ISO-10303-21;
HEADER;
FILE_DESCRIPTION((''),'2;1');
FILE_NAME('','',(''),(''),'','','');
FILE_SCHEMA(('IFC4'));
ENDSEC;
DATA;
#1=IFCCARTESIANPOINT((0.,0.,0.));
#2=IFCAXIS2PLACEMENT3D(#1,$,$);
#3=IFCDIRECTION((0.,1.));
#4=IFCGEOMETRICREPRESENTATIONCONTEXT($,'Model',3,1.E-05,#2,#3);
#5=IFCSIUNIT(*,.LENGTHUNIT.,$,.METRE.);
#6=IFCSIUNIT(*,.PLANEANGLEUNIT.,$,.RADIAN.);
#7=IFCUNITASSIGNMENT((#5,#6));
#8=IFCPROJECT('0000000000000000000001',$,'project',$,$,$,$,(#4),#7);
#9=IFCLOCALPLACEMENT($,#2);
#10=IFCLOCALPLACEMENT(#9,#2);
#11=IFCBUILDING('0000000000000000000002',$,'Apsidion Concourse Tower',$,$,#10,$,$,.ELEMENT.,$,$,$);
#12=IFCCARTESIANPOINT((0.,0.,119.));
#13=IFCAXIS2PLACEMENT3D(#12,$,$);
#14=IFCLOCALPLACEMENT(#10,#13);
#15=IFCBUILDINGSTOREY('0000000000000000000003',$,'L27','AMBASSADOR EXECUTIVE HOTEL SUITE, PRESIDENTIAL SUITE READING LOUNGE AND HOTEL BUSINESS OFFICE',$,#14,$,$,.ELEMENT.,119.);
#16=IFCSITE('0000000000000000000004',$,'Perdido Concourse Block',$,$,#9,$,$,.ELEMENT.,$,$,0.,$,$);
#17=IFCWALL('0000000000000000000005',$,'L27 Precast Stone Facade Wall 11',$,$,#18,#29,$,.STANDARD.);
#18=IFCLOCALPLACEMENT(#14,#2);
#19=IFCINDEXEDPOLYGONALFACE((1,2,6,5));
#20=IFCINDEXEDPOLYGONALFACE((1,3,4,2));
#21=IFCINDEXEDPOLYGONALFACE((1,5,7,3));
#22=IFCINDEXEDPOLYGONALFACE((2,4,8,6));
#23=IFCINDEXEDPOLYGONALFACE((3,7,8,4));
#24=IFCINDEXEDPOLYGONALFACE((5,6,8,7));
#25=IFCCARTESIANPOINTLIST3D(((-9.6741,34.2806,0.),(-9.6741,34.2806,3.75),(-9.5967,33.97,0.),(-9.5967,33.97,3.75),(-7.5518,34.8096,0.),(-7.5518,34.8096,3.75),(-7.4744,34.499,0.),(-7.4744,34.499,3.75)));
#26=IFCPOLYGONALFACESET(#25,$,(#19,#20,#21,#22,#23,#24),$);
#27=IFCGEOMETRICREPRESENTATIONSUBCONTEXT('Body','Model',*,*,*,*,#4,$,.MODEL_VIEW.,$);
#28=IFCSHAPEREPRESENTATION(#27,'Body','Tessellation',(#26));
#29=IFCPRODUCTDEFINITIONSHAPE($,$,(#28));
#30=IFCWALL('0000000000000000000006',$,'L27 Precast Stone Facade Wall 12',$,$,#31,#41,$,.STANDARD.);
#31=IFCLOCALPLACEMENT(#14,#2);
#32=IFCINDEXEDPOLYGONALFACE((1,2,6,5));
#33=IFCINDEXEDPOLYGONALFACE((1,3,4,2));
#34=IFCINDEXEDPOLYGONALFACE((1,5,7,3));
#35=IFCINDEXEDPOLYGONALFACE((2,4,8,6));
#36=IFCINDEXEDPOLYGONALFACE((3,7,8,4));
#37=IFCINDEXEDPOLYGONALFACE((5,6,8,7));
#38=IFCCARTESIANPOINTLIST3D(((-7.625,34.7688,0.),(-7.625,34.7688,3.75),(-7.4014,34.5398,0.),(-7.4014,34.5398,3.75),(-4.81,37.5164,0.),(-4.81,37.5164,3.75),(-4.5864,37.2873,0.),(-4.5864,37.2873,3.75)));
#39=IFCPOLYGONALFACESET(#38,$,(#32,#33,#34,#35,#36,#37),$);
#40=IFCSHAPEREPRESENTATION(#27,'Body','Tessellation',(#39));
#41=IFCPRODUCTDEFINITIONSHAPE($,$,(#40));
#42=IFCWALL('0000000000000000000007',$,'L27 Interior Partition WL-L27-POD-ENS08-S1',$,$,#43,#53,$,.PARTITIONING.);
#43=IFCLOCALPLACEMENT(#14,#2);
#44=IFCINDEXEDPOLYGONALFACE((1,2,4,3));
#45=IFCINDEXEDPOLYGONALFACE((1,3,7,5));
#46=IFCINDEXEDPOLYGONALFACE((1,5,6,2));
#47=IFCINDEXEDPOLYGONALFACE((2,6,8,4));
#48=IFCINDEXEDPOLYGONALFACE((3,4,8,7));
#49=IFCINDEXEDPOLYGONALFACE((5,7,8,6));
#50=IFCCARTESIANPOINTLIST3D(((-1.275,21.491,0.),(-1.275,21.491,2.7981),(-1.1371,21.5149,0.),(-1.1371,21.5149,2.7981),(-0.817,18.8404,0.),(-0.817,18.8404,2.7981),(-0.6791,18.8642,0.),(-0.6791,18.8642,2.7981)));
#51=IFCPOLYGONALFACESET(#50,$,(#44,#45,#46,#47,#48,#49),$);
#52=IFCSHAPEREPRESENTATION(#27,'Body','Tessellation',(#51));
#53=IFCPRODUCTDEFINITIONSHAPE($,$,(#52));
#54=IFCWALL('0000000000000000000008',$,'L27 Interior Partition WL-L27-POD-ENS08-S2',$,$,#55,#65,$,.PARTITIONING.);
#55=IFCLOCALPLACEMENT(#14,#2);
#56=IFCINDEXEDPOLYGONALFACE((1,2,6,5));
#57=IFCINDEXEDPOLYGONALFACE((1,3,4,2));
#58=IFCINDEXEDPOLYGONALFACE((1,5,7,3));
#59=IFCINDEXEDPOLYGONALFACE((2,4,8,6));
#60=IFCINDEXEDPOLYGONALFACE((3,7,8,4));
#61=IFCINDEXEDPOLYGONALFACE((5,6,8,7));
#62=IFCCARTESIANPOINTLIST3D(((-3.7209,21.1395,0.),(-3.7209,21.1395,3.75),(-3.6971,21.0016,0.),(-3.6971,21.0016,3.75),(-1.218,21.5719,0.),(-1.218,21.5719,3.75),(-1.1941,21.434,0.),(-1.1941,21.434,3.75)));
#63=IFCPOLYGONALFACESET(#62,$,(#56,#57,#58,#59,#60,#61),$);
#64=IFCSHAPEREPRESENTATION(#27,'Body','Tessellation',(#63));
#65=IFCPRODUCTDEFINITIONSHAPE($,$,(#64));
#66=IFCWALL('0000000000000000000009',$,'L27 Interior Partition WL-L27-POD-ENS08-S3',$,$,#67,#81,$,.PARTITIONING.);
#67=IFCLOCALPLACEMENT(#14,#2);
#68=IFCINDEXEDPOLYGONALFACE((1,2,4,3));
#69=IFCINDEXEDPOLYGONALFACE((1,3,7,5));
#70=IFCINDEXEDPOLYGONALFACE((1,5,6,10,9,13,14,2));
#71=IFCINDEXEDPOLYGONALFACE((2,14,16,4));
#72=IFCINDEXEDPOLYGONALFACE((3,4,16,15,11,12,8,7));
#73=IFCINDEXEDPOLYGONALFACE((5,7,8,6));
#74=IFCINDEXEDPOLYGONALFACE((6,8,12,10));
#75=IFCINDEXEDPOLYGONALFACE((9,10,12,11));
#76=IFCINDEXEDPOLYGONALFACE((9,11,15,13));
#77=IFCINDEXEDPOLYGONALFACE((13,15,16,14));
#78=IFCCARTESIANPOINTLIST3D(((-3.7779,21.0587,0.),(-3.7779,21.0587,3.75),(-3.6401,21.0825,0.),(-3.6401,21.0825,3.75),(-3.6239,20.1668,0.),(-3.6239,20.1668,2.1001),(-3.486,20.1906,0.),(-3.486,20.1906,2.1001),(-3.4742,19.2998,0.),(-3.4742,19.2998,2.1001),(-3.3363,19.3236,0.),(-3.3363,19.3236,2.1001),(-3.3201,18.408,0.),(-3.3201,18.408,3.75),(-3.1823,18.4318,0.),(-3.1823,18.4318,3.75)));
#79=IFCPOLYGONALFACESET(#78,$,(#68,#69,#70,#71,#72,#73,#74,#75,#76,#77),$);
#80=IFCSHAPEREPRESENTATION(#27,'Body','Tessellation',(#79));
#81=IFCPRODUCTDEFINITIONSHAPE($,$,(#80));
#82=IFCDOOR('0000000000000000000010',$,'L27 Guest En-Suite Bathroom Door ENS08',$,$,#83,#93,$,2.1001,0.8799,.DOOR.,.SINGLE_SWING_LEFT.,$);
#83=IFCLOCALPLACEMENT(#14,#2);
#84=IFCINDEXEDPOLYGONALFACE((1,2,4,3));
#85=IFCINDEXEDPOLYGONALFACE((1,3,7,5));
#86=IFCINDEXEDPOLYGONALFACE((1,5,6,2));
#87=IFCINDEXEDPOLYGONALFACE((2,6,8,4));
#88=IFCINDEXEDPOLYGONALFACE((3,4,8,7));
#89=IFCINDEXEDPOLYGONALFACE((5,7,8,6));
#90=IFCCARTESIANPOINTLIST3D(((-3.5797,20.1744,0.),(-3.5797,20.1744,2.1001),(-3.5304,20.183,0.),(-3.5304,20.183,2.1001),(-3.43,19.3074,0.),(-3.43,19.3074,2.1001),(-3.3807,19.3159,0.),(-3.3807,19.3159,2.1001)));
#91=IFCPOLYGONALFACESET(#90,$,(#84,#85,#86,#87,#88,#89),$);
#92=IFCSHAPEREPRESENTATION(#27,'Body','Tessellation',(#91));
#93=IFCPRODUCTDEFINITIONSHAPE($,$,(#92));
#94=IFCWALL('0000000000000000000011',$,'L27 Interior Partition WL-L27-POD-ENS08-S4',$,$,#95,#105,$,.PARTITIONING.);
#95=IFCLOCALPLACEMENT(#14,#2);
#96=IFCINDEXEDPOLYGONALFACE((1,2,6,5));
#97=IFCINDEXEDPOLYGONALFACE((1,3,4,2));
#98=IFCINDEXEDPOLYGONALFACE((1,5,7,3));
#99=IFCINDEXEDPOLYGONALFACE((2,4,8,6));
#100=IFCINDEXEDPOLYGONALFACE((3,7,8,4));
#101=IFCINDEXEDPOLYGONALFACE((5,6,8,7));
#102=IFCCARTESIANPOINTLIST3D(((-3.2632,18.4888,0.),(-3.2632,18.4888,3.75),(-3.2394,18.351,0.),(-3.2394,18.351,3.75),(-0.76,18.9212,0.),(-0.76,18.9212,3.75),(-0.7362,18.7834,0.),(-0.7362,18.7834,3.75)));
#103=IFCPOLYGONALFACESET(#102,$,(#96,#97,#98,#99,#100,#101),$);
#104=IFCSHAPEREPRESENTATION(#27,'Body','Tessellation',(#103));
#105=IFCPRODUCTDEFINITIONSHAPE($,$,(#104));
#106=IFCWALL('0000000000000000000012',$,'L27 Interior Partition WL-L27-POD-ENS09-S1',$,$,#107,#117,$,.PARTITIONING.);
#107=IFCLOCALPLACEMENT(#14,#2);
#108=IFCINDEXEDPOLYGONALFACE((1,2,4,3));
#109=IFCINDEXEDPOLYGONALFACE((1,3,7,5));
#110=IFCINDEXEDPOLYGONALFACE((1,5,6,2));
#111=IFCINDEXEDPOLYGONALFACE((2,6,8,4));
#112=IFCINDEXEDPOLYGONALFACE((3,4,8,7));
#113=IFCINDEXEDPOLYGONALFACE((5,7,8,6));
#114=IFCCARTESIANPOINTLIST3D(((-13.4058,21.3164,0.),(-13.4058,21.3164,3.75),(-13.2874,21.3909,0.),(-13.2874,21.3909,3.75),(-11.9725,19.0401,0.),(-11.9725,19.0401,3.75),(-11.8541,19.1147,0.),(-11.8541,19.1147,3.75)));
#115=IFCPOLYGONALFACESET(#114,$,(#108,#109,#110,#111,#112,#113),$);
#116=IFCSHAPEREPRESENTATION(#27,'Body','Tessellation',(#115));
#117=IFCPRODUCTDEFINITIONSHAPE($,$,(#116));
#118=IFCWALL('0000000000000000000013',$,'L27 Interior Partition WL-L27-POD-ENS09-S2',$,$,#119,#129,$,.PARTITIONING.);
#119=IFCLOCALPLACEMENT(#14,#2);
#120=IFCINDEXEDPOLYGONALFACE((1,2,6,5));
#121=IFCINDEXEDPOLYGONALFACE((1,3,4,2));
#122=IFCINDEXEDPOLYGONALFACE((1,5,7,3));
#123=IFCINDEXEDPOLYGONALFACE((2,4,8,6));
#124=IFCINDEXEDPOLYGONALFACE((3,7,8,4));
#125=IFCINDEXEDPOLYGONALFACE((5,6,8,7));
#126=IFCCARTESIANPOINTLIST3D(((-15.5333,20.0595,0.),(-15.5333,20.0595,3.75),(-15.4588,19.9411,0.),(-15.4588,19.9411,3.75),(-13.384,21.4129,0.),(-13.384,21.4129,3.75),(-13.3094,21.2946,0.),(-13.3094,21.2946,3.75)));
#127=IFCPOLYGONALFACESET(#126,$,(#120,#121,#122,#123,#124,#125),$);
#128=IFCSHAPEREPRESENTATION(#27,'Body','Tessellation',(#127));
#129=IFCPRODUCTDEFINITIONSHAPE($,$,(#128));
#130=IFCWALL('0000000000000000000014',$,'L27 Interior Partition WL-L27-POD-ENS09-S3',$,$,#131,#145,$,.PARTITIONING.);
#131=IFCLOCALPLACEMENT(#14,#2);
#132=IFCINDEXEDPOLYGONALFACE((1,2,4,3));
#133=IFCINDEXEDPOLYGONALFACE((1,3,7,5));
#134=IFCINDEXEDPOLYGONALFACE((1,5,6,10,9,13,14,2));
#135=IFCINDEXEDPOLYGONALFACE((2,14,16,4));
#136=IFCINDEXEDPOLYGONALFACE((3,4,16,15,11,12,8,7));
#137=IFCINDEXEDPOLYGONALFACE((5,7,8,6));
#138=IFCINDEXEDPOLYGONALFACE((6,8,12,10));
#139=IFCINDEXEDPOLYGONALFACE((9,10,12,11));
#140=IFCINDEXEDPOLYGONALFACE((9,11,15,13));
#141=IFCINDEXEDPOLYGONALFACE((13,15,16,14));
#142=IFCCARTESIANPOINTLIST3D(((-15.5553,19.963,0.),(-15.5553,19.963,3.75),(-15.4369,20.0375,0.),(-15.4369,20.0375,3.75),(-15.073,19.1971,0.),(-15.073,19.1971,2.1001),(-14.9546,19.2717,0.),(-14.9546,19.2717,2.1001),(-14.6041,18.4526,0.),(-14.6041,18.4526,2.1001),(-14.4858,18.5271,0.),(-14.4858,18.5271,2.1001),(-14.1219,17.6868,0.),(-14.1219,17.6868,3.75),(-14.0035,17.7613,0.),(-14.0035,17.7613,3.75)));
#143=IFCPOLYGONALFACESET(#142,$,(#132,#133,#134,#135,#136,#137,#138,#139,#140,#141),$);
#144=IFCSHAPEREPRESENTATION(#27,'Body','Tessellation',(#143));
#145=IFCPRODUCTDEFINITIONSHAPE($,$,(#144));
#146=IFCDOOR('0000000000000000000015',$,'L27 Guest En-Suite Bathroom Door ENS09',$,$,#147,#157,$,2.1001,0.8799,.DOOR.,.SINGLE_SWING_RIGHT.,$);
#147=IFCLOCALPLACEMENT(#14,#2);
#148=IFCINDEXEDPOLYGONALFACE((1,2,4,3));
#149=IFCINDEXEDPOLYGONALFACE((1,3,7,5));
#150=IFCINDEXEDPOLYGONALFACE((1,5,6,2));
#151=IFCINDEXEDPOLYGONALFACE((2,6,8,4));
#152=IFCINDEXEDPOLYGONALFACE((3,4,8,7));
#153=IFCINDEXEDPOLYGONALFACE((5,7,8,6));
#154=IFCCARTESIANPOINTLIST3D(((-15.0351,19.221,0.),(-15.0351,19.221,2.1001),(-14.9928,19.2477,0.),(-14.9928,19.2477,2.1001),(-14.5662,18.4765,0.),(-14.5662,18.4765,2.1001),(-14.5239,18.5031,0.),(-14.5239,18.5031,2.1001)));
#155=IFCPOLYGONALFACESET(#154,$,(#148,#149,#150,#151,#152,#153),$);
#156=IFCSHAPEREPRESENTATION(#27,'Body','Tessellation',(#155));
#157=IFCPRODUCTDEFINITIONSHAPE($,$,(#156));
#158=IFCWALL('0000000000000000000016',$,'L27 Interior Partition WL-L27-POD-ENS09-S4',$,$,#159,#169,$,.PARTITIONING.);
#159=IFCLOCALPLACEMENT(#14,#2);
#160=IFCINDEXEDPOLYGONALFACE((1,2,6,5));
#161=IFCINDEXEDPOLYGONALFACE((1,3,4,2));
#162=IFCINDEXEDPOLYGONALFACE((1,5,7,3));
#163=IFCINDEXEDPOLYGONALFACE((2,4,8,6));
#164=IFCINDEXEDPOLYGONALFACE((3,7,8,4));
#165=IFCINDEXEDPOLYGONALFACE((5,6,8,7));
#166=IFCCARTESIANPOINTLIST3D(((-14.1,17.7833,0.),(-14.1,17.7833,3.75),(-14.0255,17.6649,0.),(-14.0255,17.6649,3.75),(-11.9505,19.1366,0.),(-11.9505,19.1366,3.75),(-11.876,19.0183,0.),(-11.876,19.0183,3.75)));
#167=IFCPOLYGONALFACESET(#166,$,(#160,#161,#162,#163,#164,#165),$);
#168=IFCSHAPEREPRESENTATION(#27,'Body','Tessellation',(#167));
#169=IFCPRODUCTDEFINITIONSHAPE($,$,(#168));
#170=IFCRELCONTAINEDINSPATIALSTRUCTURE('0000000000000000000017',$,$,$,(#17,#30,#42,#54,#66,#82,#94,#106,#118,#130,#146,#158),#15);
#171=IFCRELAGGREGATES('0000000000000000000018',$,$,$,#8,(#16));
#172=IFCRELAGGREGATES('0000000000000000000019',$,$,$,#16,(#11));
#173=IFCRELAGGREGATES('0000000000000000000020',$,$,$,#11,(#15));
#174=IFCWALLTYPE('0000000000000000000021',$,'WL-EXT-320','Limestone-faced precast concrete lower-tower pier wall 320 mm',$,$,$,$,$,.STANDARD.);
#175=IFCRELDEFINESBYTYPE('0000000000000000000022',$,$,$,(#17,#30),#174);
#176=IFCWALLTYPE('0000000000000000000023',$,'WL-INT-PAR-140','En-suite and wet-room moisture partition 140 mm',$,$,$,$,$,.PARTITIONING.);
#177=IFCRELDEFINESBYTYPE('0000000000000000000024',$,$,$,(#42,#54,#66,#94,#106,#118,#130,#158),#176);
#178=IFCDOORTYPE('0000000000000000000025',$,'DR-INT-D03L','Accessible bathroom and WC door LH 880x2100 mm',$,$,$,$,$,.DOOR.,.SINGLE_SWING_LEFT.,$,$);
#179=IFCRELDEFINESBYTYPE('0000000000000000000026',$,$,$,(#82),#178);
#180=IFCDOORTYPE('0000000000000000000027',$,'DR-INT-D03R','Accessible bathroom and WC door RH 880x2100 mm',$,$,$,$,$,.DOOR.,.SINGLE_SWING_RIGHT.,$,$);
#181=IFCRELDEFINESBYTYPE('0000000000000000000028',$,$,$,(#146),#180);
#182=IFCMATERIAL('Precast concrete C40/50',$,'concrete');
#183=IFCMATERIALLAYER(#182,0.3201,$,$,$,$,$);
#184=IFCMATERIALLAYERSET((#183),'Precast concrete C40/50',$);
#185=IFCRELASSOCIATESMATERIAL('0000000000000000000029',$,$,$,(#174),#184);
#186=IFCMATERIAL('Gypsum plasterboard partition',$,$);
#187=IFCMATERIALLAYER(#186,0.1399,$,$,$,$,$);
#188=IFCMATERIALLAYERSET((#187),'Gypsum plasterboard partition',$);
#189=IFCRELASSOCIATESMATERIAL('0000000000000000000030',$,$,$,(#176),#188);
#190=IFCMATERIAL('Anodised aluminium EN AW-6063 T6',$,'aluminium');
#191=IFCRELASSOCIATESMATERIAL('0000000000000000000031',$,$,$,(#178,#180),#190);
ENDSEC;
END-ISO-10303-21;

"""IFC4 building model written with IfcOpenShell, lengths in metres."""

from ifc_helpers import new_model, si_unit, direction, frame, frame_2d, origin, place, context, subcontext, project, spatial, rectangle, extrude, material, layer, layer_set, type_object, element, fill, save


model = new_model("IFC4")

# Units and contexts
model_context = context("Model", 3, precision=1e-05, world=origin(), true_north=direction((0.0, 1.0)))
body_context = subcontext(model_context, "Body", "Model", "MODEL_VIEW")
ifc_project = project(units=[si_unit("LENGTHUNIT", "METRE"), si_unit("PLANEANGLEUNIT", "RADIAN")], contexts=[model_context])

# Site, building, storey
site_placement = place(None, origin())
site = spatial("IfcSite", under=ifc_project, at=site_placement, Name="Perdido Concourse Block", CompositionType="ELEMENT", RefElevation=0.0)
building_placement = place(site_placement, origin())
building = spatial("IfcBuilding", under=site, at=building_placement, Name="Apsidion Concourse Tower", CompositionType="ELEMENT")
storey_placement = place(building_placement, frame((0.0, 0.0, 119.0)))
storey = spatial("IfcBuildingStorey", under=building, at=storey_placement, Name="L27", Description="AMBASSADOR EXECUTIVE HOTEL SUITE, PRESIDENTIAL SUITE READING LOUNGE AND HOTEL BUSINESS OFFICE", CompositionType="ELEMENT", Elevation=119.0)

# Walls
ifc_material_1 = material(Name="Precast concrete C40/50", Category="concrete")
ifc_layer_1 = layer(ifc_material_1, 0.3201)
ifc_layer_set_1 = layer_set([ifc_layer_1], Name="Precast concrete C40/50")
wall_type_1 = type_object("IfcWallType", Name="WL-EXT-320", Description="Limestone-faced precast concrete lower-tower pier wall 320 mm", PredefinedType="STANDARD", material=ifc_layer_set_1)
wall_1_placement = place(storey_placement, frame((-9.6355, 34.1252, 0.0), z_axis=(0.0, 0.0, 1.0), x_axis=(0.970306, 0.241879, 0.0)))
element("IfcWall", 1, at=wall_1_placement, inside=storey, type_object=wall_type_1, Name="L27 Precast Stone Facade Wall 11", PredefinedType="STANDARD", context=body_context, shape_type="SweptSolid", body=[
    extrude(rectangle(XDim=2.1873, YDim=0.3201, at=frame_2d((1.0938, 0.0))), origin(), (0.0, 0.0, 1.0), 3.75),
])
wall_2_placement = place(storey_placement, frame((-7.5132, 34.6543, 0.0), z_axis=(0.0, 0.0, 1.0), x_axis=(0.71562, 0.69849, 0.0)))
element("IfcWall", 2, at=wall_2_placement, inside=storey, type_object=wall_type_1, Name="L27 Precast Stone Facade Wall 12", PredefinedType="STANDARD", context=body_context, shape_type="SweptSolid", body=[
    extrude(rectangle(XDim=3.9336, YDim=0.3201, at=frame_2d((1.9668, 0.0))), origin(), (0.0, 0.0, 1.0), 3.75),
])
ifc_material_2 = material(Name="Gypsum plasterboard partition")
ifc_layer_2 = layer(ifc_material_2, 0.1399)
ifc_layer_set_2 = layer_set([ifc_layer_2], Name="Gypsum plasterboard partition")
wall_type_2 = type_object("IfcWallType", Name="WL-INT-PAR-140", Description="En-suite and wet-room moisture partition 140 mm", PredefinedType="PARTITIONING", material=ifc_layer_set_2)
wall_3_placement = place(storey_placement, frame((-0.748, 18.8523, 0.0), z_axis=(0.0, 0.0, 1.0), x_axis=(-0.170269, 0.985398, 0.0)))
element("IfcWall", 3, at=wall_3_placement, inside=storey, type_object=wall_type_2, Name="L27 Interior Partition WL-L27-POD-ENS08-S1", PredefinedType="PARTITIONING", context=body_context, shape_type="SweptSolid", body=[
    extrude(rectangle(XDim=2.6899, YDim=0.1399, at=frame_2d((1.345, 0.0))), origin(), (0.0, 0.0, 1.0), 2.7981),
])
wall_4_placement = place(storey_placement, frame((-1.2061, 21.5029, 0.0), z_axis=(0.0, 0.0, 1.0), x_axis=(-0.985405, -0.170226, 0.0)))
element("IfcWall", 4, at=wall_4_placement, inside=storey, type_object=wall_type_2, Name="L27 Interior Partition WL-L27-POD-ENS08-S2", PredefinedType="PARTITIONING", context=body_context, shape_type="SweptSolid", body=[
    extrude(rectangle(XDim=2.54, YDim=0.1399, at=frame_2d((1.27, 0.0))), origin(), (0.0, 0.0, 1.0), 3.75),
])

# Wall, opening, door
wall_5_placement = place(storey_placement, frame((-3.709, 21.0706, 0.0), z_axis=(0.0, 0.0, 1.0), x_axis=(0.17018, -0.985413, 0.0)))
wall_5 = element("IfcWall", 5, at=wall_5_placement, inside=storey, type_object=wall_type_2, Name="L27 Interior Partition WL-L27-POD-ENS08-S3", PredefinedType="PARTITIONING", context=body_context, shape_type="SweptSolid", body=[
    extrude(rectangle(XDim=2.6899, YDim=0.1399, at=frame_2d((1.345, 0.0))), origin(), (0.0, 0.0, 1.0), 3.75),
])
opening_1_placement = place(wall_5_placement, frame((0.905, 0.0, 0.0)))
opening_1 = element("IfcOpeningElement", 6, at=opening_1_placement, cuts=wall_5, PredefinedType="OPENING", context=body_context, shape_type="SweptSolid", body=[
    extrude(rectangle(XDim=0.8799, YDim=2.1001, at=frame_2d((0.4399, 1.05))), frame((0.0, 0.0801, 0.0), z_axis=(0.0, -1.0, 0.0), x_axis=(1.0, 0.0, 0.0)), (0.0, 0.0, 1.0), 0.1599),
])
ifc_material_3 = material(Name="Anodised aluminium EN AW-6063 T6", Category="aluminium")
door_type_1 = type_object("IfcDoorType", Name="DR-INT-D03L", Description="Accessible bathroom and WC door LH 880x2100 mm", OperationType="SINGLE_SWING_LEFT", PredefinedType="DOOR", material=ifc_material_3)
door_1_placement = place(opening_1_placement, origin())
door_1 = element("IfcDoor", 7, at=door_1_placement, inside=storey, type_object=door_type_1, Name="L27 Guest En-Suite Bathroom Door ENS08", OperationType="SINGLE_SWING_LEFT", OverallHeight=2.1001, OverallWidth=0.8799, PredefinedType="DOOR", context=body_context, shape_type="SweptSolid", body=[
    extrude(rectangle(XDim=0.8799, YDim=2.1001, at=frame_2d((0.4399, 1.05))), frame((0.0, 0.0249, 0.0), z_axis=(0.0, -1.0, 0.0), x_axis=(1.0, 0.0, 0.0)), (0.0, 0.0, 1.0), 0.05),
])
fill(opening_1, door_1)

# Walls
wall_6_placement = place(storey_placement, frame((-3.2512, 18.4199, 0.0), z_axis=(0.0, 0.0, 1.0), x_axis=(0.985408, 0.170209, 0.0)))
element("IfcWall", 8, at=wall_6_placement, inside=storey, type_object=wall_type_2, Name="L27 Interior Partition WL-L27-POD-ENS08-S4", PredefinedType="PARTITIONING", context=body_context, shape_type="SweptSolid", body=[
    extrude(rectangle(XDim=2.5403, YDim=0.1399, at=frame_2d((1.27, 0.0))), origin(), (0.0, 0.0, 1.0), 3.75),
])
wall_7_placement = place(storey_placement, frame((-11.9133, 19.0774, 0.0), z_axis=(0.0, 0.0, 1.0), x_axis=(-0.532835, 0.846219, 0.0)))
element("IfcWall", 9, at=wall_7_placement, inside=storey, type_object=wall_type_2, Name="L27 Interior Partition WL-L27-POD-ENS09-S1", PredefinedType="PARTITIONING", context=body_context, shape_type="SweptSolid", body=[
    extrude(rectangle(XDim=2.6899, YDim=0.1399, at=frame_2d((1.345, 0.0))), origin(), (0.0, 0.0, 1.0), 3.75),
])
wall_8_placement = place(storey_placement, frame((-13.3467, 21.3538, 0.0), z_axis=(0.0, 0.0, 1.0), x_axis=(-0.846201, -0.532864, 0.0)))
element("IfcWall", 10, at=wall_8_placement, inside=storey, type_object=wall_type_2, Name="L27 Interior Partition WL-L27-POD-ENS09-S2", PredefinedType="PARTITIONING", context=body_context, shape_type="SweptSolid", body=[
    extrude(rectangle(XDim=2.54, YDim=0.1399, at=frame_2d((1.27, 0.0))), origin(), (0.0, 0.0, 1.0), 3.75),
])

# Wall, opening, door
wall_9_placement = place(storey_placement, frame((-15.4961, 20.0002, 0.0), z_axis=(0.0, 0.0, 1.0), x_axis=(0.532876, -0.846193, 0.0)))
wall_9 = element("IfcWall", 11, at=wall_9_placement, inside=storey, type_object=wall_type_2, Name="L27 Interior Partition WL-L27-POD-ENS09-S3", PredefinedType="PARTITIONING", context=body_context, shape_type="SweptSolid", body=[
    extrude(rectangle(XDim=2.6899, YDim=0.1399, at=frame_2d((1.345, 0.0))), origin(), (0.0, 0.0, 1.0), 3.75),
])
opening_2_placement = place(wall_9_placement, frame((0.905, 0.0, 0.0)))
opening_2 = element("IfcOpeningElement", 12, at=opening_2_placement, cuts=wall_9, PredefinedType="OPENING", context=body_context, shape_type="SweptSolid", body=[
    extrude(rectangle(XDim=0.8799, YDim=2.1001, at=frame_2d((0.4399, 1.05))), frame((0.0, 0.0801, 0.0), z_axis=(0.0, -1.0, 0.0), x_axis=(1.0, 0.0, 0.0)), (0.0, 0.0, 1.0), 0.1599),
])
door_type_2 = type_object("IfcDoorType", Name="DR-INT-D03R", Description="Accessible bathroom and WC door RH 880x2100 mm", OperationType="SINGLE_SWING_RIGHT", PredefinedType="DOOR", material=ifc_material_3)
door_2_placement = place(opening_2_placement, origin())
door_2 = element("IfcDoor", 13, at=door_2_placement, inside=storey, type_object=door_type_2, Name="L27 Guest En-Suite Bathroom Door ENS09", OperationType="SINGLE_SWING_RIGHT", OverallHeight=2.1001, OverallWidth=0.8799, PredefinedType="DOOR", context=body_context, shape_type="SweptSolid", body=[
    extrude(rectangle(XDim=0.8799, YDim=2.1001, at=frame_2d((0.4399, 1.05))), frame((0.0, 0.0249, 0.0), z_axis=(0.0, -1.0, 0.0), x_axis=(1.0, 0.0, 0.0)), (0.0, 0.0, 1.0), 0.05),
])
fill(opening_2, door_2)

# Wall
wall_10_placement = place(storey_placement, frame((-14.0627, 17.7241, 0.0), z_axis=(0.0, 0.0, 1.0), x_axis=(0.846244, 0.532795, 0.0)))
element("IfcWall", 14, at=wall_10_placement, inside=storey, type_object=wall_type_2, Name="L27 Interior Partition WL-L27-POD-ENS09-S4", PredefinedType="PARTITIONING", context=body_context, shape_type="SweptSolid", body=[
    extrude(rectangle(XDim=2.54, YDim=0.1399, at=frame_2d((1.27, 0.0))), origin(), (0.0, 0.0, 1.0), 3.75),
])

save(model, "model.ifc")
